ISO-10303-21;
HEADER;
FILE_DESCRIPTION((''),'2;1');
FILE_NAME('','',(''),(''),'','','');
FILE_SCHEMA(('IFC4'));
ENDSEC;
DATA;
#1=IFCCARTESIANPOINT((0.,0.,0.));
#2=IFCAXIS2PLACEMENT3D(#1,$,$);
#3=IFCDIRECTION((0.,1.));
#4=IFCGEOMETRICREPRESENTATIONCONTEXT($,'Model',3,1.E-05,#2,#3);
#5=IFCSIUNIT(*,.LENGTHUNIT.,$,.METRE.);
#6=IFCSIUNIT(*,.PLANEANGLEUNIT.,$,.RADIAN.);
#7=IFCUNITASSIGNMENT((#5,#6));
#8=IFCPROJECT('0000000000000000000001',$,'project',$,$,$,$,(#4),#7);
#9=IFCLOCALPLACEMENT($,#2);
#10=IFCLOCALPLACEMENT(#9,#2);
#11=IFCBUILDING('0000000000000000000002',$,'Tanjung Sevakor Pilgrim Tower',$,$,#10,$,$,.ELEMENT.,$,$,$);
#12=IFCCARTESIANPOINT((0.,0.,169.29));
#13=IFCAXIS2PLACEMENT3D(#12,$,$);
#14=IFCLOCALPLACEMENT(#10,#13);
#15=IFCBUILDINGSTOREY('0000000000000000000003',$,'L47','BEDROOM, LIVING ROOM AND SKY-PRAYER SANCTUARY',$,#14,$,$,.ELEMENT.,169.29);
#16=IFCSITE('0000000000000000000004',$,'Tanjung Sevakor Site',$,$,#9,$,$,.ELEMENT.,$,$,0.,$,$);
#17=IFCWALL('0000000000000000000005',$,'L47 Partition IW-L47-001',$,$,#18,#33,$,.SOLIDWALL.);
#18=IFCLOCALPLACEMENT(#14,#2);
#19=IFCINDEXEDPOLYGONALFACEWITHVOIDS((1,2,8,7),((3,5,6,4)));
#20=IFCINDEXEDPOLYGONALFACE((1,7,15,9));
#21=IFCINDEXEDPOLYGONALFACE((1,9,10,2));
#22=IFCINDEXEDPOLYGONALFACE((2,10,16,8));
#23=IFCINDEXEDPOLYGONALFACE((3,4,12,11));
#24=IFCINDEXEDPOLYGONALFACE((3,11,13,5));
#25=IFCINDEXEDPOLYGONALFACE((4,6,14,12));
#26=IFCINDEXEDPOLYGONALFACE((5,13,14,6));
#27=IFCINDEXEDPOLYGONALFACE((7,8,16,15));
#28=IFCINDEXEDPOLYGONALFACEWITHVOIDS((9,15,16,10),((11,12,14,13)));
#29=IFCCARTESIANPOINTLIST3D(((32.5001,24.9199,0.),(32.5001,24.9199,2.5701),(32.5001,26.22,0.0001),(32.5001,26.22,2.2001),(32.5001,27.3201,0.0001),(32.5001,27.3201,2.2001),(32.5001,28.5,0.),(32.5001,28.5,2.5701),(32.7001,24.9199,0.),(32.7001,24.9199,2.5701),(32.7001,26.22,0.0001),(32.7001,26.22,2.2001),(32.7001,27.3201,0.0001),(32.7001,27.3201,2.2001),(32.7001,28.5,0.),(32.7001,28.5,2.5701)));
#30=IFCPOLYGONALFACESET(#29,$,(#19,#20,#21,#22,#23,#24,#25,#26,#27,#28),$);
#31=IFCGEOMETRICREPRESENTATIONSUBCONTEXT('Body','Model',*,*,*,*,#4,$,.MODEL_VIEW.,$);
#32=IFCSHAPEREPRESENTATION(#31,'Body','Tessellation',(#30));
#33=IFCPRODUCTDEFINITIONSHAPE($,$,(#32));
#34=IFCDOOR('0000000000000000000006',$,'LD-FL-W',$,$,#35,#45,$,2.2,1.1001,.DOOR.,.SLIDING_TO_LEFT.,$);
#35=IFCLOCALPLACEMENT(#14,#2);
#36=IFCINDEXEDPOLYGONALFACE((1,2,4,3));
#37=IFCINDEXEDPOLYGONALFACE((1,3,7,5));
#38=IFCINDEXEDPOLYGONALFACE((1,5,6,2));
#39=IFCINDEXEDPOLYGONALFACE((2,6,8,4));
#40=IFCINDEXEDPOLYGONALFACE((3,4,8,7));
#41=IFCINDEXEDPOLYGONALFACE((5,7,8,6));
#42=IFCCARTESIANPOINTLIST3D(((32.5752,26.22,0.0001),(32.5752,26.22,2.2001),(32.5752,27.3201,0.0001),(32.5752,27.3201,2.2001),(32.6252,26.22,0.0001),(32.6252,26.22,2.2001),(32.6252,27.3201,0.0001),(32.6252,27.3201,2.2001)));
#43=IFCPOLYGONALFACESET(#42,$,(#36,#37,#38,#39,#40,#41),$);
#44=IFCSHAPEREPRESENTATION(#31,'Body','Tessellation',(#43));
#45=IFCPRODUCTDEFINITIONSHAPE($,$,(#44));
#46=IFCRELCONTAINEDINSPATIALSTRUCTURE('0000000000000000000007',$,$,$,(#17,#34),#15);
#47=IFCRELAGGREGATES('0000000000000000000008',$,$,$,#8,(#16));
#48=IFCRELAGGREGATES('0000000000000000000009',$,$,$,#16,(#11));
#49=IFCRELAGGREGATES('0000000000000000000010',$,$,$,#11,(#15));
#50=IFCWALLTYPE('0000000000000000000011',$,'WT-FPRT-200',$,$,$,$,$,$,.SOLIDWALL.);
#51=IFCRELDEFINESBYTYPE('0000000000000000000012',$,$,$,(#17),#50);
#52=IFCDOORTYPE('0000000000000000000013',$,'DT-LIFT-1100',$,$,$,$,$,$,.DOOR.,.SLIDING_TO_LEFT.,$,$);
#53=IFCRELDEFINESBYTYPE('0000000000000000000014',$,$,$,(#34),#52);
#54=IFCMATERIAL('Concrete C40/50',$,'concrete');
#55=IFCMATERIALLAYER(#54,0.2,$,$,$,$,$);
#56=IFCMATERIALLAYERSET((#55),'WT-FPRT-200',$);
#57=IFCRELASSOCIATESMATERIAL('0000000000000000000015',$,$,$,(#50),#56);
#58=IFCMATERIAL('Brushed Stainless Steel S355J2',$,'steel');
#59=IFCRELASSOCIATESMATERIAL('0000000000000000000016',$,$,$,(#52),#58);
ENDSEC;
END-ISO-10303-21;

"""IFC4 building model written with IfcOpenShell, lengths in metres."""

from ifc_helpers import new_model, si_unit, direction, frame, frame_2d, origin, place, context, subcontext, project, spatial, rectangle, extrude, material, layer, layer_set, type_object, element, fill, save


model = new_model("IFC4")

# Units and contexts
model_context = context("Model", 3, precision=1e-05, world=origin(), true_north=direction((0.0, 1.0)))
body_context = subcontext(model_context, "Body", "Model", "MODEL_VIEW")
ifc_project = project(units=[si_unit("LENGTHUNIT", "METRE"), si_unit("PLANEANGLEUNIT", "RADIAN")], contexts=[model_context])

# Site, building, storey
site_placement = place(None, origin())
site = spatial("IfcSite", under=ifc_project, at=site_placement, Name="Tanjung Sevakor Site", CompositionType="ELEMENT", RefElevation=0.0)
building_placement = place(site_placement, origin())
building = spatial("IfcBuilding", under=site, at=building_placement, Name="Tanjung Sevakor Pilgrim Tower", CompositionType="ELEMENT")
storey_placement = place(building_placement, frame((0.0, 0.0, 169.29)))
storey = spatial("IfcBuildingStorey", under=building, at=storey_placement, Name="L47", Description="BEDROOM, LIVING ROOM AND SKY-PRAYER SANCTUARY", CompositionType="ELEMENT", Elevation=169.29)

# Wall, opening, door
ifc_material_1 = material(Name="Concrete C40/50", Category="concrete")
ifc_layer_1 = layer(ifc_material_1, 0.2)
ifc_layer_set_1 = layer_set([ifc_layer_1], Name="WT-FPRT-200")
wall_type_1 = type_object("IfcWallType", Name="WT-FPRT-200", PredefinedType="SOLIDWALL", material=ifc_layer_set_1)
wall_1_placement = place(storey_placement, frame((32.6001, 24.9199, 0.0), z_axis=(0.0, 0.0, 1.0), x_axis=(0.0, 1.0, 0.0)))
wall_1 = element("IfcWall", 1, at=wall_1_placement, inside=storey, type_object=wall_type_1, Name="L47 Partition IW-L47-001", PredefinedType="SOLIDWALL", context=body_context, shape_type="SweptSolid", body=[
    extrude(rectangle(XDim=3.5801, YDim=0.2, at=frame_2d((1.79, 0.0))), origin(), (0.0, 0.0, 1.0), 2.5701),
])
opening_1_placement = place(wall_1_placement, frame((1.3, 0.0, 0.0)))
opening_1 = element("IfcOpeningElement", 2, at=opening_1_placement, cuts=wall_1, PredefinedType="OPENING", context=body_context, shape_type="SweptSolid", body=[
    extrude(rectangle(XDim=1.1001, YDim=2.2, at=frame_2d((0.55, 1.1001))), frame((0.0, 0.1099, 0.0), z_axis=(0.0, -1.0, 0.0), x_axis=(1.0, 0.0, 0.0)), (0.0, 0.0, 1.0), 0.22),
])
ifc_material_2 = material(Name="Brushed Stainless Steel S355J2", Category="steel")
door_type_1 = type_object("IfcDoorType", Name="DT-LIFT-1100", OperationType="SLIDING_TO_LEFT", PredefinedType="DOOR", material=ifc_material_2)
door_1_placement = place(opening_1_placement, origin())
door_1 = element("IfcDoor", 3, at=door_1_placement, inside=storey, type_object=door_type_1, Name="LD-FL-W", OperationType="SLIDING_TO_LEFT", OverallHeight=2.2, OverallWidth=1.1001, PredefinedType="DOOR", context=body_context, shape_type="SweptSolid", body=[
    extrude(rectangle(XDim=1.1001, YDim=2.2, at=frame_2d((0.55, 1.1001))), frame((0.0, 0.0249, 0.0), z_axis=(0.0, -1.0, 0.0), x_axis=(1.0, 0.0, 0.0)), (0.0, 0.0, 1.0), 0.05),
])
fill(opening_1, door_1)

save(model, "model.ifc")
